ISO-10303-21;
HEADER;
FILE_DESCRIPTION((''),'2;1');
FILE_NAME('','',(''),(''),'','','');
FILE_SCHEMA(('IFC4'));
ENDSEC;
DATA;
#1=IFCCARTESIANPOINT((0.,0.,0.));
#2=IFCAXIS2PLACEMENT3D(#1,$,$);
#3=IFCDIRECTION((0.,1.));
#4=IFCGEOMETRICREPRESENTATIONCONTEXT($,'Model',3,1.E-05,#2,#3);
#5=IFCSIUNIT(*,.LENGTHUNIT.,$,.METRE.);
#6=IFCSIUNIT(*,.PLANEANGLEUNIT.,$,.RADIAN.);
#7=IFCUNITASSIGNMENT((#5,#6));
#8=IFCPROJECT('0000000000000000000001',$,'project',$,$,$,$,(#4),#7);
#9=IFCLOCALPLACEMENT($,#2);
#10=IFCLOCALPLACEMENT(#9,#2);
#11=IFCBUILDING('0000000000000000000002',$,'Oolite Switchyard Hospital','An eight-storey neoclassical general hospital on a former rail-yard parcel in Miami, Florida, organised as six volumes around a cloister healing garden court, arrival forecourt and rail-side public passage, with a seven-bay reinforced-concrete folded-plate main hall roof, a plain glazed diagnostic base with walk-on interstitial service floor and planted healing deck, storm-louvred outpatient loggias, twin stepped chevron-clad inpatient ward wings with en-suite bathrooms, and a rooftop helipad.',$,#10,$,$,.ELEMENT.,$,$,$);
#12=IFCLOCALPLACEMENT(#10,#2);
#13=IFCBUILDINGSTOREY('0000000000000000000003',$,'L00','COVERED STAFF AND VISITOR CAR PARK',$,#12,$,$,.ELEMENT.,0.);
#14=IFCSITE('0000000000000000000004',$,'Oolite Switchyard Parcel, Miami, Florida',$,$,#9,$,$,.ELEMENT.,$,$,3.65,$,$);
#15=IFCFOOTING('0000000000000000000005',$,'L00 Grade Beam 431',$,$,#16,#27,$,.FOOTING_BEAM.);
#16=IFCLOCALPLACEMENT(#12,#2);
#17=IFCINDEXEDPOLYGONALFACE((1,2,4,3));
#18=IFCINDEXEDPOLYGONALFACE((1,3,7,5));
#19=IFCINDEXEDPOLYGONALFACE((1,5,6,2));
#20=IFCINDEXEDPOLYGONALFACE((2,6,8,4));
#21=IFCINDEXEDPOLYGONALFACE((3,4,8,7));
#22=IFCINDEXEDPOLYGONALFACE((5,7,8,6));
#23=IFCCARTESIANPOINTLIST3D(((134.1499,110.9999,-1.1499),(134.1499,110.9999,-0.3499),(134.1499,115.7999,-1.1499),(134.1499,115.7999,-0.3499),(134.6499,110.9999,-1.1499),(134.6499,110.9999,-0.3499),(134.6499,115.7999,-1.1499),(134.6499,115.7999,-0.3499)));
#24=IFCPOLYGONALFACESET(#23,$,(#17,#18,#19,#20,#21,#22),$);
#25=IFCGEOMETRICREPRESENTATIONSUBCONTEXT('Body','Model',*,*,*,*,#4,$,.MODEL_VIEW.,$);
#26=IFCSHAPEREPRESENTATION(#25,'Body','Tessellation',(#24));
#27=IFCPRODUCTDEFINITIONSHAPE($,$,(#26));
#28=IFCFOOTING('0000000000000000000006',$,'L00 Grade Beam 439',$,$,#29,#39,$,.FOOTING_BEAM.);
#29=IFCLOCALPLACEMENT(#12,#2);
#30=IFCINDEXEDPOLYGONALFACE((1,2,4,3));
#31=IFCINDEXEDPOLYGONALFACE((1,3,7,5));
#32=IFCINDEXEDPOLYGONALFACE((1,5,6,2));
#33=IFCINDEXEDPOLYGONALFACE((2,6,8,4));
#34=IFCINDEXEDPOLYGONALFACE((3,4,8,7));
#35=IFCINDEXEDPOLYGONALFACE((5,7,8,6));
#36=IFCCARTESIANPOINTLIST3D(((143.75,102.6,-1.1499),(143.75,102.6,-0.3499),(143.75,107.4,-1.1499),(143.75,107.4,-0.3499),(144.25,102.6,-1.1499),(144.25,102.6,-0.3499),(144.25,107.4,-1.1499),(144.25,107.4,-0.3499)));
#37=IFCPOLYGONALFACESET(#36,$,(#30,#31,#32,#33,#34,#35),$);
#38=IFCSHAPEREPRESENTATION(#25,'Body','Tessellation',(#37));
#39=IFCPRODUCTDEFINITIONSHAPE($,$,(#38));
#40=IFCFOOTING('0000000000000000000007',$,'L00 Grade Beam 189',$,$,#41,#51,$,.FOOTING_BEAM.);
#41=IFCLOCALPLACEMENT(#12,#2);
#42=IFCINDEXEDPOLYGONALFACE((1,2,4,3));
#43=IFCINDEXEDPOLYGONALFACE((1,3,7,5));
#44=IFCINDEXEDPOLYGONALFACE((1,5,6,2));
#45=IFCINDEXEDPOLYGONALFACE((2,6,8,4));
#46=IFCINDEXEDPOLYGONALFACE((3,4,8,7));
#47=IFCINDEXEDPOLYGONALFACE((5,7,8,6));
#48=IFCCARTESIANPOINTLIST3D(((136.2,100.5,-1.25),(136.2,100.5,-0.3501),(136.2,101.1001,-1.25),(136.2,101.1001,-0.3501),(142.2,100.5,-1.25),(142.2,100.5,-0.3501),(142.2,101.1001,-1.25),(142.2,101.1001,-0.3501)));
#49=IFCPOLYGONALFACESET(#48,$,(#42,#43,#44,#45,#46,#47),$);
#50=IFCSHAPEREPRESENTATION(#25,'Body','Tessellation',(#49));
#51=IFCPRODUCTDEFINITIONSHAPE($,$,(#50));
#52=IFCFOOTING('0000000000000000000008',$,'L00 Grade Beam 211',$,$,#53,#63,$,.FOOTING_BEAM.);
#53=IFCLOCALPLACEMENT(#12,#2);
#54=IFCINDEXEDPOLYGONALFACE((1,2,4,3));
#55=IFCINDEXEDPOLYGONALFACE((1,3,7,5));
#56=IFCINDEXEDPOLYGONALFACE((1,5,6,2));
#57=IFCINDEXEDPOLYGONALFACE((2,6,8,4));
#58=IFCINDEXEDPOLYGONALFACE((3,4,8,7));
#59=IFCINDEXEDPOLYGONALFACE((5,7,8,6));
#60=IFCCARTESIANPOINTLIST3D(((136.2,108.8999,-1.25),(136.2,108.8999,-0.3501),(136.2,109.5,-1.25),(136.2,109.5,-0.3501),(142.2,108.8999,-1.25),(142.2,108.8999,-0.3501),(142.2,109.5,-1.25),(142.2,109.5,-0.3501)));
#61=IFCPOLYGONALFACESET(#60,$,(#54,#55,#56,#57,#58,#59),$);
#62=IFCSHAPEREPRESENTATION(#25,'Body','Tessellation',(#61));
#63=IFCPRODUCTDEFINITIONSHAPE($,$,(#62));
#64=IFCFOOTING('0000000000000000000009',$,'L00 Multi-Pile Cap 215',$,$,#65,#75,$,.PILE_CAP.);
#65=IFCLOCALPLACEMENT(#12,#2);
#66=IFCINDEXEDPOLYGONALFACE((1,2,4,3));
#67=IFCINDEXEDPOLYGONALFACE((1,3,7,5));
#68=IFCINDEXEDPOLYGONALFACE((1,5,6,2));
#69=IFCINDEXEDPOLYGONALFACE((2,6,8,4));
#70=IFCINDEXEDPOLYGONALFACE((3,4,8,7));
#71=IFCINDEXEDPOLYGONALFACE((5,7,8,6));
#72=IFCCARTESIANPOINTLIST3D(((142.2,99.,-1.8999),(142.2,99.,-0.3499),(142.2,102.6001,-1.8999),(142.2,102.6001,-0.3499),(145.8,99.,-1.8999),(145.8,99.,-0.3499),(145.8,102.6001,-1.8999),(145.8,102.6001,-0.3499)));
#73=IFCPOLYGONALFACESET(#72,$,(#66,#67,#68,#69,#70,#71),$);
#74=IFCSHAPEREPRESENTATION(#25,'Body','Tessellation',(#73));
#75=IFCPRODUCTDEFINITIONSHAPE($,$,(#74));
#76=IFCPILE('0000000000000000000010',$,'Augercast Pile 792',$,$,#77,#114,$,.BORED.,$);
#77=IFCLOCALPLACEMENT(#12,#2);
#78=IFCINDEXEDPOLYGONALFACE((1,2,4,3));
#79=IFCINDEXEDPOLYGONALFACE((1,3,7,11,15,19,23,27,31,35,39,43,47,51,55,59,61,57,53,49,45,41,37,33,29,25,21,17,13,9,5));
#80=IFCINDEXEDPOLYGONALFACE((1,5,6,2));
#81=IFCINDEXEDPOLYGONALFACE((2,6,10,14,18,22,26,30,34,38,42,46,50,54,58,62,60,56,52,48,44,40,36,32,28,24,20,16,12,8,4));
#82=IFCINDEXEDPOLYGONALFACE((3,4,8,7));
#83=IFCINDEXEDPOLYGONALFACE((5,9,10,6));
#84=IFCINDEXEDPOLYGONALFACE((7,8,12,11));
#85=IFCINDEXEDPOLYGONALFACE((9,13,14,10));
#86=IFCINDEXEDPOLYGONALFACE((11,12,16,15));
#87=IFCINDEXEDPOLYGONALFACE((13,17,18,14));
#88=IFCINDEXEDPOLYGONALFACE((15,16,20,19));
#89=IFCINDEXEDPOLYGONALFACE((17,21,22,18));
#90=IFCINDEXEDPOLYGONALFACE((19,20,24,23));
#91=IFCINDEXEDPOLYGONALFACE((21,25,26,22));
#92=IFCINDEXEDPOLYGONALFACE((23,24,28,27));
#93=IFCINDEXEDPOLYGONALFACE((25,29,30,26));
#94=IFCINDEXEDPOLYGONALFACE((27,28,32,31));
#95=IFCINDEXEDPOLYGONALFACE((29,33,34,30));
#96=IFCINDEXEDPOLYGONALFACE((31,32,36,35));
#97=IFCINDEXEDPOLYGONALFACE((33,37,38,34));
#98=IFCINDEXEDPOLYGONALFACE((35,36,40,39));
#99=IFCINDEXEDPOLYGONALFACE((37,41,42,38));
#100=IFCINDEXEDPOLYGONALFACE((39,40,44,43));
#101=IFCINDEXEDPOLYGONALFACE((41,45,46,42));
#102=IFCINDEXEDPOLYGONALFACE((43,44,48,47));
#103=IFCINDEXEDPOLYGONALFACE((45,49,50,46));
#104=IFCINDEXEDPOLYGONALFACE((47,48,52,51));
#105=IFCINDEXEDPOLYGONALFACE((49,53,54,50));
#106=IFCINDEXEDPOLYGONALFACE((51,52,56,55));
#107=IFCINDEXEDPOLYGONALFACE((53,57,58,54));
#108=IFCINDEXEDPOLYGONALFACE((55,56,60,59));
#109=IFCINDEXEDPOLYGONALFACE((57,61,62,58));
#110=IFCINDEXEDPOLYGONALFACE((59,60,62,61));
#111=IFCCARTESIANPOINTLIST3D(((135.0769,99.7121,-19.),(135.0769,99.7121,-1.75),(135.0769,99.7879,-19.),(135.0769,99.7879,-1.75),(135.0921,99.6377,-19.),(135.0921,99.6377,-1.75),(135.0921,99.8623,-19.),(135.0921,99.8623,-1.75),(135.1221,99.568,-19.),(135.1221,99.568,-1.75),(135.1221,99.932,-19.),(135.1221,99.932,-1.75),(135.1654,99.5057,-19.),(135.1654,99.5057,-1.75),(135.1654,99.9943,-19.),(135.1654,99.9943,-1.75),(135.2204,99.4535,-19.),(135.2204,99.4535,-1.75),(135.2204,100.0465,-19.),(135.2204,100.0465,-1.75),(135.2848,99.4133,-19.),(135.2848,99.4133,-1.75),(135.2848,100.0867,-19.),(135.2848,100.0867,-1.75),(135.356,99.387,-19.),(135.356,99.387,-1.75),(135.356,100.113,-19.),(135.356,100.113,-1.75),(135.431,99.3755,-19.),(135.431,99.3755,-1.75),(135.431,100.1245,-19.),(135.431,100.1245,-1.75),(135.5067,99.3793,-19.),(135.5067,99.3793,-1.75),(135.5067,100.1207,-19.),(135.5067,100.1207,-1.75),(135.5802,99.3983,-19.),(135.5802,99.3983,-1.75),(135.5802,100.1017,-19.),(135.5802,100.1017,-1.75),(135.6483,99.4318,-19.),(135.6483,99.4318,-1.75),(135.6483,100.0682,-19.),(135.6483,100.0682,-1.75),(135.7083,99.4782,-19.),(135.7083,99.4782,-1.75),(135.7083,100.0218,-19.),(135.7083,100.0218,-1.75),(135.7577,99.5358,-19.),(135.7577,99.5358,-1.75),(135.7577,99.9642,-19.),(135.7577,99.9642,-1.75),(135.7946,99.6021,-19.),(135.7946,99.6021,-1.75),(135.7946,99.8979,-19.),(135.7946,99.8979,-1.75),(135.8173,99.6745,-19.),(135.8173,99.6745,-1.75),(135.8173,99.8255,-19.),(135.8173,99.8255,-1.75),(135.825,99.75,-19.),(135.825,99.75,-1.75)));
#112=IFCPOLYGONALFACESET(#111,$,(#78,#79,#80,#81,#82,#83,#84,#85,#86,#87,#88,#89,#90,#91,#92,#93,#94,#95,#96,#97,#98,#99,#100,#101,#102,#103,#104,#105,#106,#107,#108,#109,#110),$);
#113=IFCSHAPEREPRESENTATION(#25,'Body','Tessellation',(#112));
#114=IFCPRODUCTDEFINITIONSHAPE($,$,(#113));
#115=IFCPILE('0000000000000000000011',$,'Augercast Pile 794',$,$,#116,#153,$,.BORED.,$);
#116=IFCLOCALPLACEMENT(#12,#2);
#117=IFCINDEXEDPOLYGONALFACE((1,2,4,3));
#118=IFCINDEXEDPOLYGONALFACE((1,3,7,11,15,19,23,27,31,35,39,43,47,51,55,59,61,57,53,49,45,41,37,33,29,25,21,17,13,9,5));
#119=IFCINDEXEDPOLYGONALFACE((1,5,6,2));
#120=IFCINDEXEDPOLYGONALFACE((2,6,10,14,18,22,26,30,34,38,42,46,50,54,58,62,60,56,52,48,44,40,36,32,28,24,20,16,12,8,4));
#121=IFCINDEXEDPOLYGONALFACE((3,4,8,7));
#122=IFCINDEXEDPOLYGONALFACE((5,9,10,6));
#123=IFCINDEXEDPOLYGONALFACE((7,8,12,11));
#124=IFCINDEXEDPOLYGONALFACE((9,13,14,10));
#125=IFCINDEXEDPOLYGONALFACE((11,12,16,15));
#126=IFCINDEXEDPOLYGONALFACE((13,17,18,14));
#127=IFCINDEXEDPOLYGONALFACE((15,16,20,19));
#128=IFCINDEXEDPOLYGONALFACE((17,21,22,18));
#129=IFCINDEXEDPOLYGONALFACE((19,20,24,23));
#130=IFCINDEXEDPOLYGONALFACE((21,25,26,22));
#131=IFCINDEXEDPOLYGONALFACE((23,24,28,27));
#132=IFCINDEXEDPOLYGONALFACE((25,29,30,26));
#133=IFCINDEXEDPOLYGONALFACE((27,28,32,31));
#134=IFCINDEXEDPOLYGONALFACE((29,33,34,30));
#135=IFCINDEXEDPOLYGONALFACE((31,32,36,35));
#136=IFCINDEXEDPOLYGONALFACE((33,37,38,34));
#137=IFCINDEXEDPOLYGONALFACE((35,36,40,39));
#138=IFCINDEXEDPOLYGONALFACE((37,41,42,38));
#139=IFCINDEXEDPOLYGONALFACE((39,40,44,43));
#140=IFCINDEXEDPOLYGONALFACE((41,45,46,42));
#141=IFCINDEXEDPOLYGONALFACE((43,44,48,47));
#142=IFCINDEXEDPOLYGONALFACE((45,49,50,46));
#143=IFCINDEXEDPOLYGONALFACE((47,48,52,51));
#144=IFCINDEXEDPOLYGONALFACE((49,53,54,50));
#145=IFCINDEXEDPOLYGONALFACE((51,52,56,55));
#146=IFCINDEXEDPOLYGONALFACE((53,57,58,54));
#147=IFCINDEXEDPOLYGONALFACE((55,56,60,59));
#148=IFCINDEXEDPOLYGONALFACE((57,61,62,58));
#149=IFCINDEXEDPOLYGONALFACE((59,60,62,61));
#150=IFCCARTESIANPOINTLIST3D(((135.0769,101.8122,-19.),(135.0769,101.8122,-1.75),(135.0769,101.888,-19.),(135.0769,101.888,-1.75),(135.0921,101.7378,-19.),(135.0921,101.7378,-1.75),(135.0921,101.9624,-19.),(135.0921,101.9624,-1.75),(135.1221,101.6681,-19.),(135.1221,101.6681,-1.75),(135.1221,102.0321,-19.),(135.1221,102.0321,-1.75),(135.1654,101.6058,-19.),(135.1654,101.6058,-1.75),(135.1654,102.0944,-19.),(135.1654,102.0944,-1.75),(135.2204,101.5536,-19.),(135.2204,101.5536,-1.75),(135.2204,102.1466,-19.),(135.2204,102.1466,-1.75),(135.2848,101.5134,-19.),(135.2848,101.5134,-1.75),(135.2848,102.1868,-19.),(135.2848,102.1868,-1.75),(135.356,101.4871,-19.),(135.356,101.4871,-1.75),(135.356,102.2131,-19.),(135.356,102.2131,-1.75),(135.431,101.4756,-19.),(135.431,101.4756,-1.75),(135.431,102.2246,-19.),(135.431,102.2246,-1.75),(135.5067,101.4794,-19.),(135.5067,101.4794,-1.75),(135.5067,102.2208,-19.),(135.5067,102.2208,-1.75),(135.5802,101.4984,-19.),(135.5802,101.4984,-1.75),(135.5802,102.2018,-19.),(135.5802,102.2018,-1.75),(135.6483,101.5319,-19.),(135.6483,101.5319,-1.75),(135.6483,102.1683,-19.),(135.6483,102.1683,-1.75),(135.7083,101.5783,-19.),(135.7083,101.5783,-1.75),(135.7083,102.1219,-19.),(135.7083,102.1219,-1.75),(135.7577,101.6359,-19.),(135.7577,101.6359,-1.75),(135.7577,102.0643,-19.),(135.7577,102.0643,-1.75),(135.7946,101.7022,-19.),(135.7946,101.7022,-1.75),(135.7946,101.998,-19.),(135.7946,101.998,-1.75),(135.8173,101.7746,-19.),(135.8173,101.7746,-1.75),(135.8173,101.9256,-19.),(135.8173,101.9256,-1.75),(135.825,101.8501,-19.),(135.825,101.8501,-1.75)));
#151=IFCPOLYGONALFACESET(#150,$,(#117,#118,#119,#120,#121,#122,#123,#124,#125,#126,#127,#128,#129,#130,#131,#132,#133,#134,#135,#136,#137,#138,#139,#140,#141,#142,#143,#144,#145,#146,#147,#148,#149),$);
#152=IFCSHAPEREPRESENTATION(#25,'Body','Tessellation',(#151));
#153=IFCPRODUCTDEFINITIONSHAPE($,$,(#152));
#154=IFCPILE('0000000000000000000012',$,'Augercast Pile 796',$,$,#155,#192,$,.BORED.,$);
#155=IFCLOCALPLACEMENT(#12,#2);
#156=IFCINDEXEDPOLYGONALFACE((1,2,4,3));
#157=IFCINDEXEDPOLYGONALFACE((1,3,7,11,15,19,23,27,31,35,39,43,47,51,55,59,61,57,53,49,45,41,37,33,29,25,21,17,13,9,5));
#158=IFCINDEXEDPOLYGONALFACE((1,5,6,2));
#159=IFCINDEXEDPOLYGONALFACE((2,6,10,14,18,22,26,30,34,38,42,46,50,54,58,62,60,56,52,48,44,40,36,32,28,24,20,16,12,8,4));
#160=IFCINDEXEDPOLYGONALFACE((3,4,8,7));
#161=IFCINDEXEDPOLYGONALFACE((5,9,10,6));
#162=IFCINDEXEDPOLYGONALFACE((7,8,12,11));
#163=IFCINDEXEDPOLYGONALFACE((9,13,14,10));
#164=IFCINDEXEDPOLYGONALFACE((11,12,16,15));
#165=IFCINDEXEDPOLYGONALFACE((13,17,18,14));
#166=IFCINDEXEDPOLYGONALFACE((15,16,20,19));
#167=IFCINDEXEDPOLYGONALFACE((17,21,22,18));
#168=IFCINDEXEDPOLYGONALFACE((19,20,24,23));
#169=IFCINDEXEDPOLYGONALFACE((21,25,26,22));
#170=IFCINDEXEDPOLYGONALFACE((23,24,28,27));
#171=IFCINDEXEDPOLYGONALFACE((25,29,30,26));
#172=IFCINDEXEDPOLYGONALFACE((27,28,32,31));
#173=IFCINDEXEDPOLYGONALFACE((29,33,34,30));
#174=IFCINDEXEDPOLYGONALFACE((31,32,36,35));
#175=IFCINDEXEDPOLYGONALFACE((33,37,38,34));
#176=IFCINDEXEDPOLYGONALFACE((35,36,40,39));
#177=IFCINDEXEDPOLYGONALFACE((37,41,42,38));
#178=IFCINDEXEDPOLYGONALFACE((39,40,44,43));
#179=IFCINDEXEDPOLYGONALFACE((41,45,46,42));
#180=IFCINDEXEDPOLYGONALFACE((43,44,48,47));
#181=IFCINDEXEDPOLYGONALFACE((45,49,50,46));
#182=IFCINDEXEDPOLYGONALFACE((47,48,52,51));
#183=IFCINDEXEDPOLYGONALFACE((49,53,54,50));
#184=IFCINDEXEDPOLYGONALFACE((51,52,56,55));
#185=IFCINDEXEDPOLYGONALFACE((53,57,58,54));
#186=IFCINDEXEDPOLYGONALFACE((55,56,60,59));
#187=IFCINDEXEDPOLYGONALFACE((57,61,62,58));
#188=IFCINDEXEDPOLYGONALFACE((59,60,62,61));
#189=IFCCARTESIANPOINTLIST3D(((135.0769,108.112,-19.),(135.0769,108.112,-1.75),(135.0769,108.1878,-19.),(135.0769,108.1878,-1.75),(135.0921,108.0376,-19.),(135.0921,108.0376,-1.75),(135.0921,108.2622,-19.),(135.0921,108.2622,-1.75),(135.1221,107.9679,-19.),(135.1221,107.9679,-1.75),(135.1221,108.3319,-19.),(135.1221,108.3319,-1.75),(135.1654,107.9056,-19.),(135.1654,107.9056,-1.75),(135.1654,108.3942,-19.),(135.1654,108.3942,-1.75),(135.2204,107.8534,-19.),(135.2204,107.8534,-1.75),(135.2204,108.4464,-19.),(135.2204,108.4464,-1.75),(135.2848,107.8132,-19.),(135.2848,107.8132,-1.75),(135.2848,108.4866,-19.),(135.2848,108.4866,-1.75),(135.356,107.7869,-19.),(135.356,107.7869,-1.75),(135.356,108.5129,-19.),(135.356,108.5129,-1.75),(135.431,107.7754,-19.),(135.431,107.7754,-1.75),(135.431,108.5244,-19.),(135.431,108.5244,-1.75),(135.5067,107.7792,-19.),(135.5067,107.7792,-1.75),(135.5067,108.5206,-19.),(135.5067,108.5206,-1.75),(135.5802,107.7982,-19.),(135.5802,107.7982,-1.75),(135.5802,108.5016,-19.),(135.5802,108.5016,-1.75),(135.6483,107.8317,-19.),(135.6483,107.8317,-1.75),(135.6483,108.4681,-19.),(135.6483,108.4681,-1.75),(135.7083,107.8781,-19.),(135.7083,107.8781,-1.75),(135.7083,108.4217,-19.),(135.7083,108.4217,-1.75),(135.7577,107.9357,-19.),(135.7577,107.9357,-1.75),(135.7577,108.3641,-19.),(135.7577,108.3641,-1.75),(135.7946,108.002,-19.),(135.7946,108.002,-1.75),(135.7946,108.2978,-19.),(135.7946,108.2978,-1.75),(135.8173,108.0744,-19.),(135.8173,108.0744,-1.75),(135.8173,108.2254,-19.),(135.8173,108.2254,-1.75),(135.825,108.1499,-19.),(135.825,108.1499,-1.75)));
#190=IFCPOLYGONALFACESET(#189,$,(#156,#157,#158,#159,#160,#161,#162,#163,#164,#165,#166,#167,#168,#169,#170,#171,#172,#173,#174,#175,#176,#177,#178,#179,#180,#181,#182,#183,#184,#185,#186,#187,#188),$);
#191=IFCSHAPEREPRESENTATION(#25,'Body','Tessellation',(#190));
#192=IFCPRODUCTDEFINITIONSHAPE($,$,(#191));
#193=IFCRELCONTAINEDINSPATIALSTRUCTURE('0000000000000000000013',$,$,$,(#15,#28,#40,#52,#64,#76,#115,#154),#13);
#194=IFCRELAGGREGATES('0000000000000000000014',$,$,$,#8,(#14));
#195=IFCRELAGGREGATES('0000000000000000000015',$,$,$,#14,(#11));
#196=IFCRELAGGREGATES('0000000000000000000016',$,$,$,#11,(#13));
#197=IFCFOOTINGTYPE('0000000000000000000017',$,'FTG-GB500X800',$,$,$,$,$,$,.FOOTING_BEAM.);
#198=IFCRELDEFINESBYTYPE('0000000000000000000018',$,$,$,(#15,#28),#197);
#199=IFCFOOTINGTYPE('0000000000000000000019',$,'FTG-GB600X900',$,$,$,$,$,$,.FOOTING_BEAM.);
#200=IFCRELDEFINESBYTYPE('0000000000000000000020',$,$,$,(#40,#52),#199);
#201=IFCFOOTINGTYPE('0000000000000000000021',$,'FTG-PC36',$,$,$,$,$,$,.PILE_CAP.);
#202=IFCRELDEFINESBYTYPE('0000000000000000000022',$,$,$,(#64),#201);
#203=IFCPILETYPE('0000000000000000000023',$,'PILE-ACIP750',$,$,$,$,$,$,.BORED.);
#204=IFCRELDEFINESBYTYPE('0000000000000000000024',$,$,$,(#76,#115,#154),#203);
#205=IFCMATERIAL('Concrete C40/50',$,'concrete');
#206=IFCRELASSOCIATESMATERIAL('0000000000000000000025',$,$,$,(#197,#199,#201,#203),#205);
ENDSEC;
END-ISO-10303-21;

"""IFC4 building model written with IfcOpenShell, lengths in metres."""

from ifc_helpers import new_model, si_unit, direction, frame, origin, origin_2d, place, context, subcontext, project, spatial, rectangle, circle, extrude, material, material_profile, profile_set, type_object, element, save


model = new_model("IFC4")

# Units and contexts
model_context = context("Model", 3, precision=1e-05, world=origin(), true_north=direction((0.0, 1.0)))
body_context = subcontext(model_context, "Body", "Model", "MODEL_VIEW")
ifc_project = project(units=[si_unit("LENGTHUNIT", "METRE"), si_unit("PLANEANGLEUNIT", "RADIAN")], contexts=[model_context])

# Site, building, storey
site_placement = place(None, origin())
site = spatial("IfcSite", under=ifc_project, at=site_placement, Name="Oolite Switchyard Parcel, Miami, Florida", CompositionType="ELEMENT", RefElevation=3.65)
building_placement = place(site_placement, origin())
building = spatial("IfcBuilding", under=site, at=building_placement, Name="Oolite Switchyard Hospital", Description="An eight-storey neoclassical general hospital on a former rail-yard parcel in Miami, Florida, organised as six volumes around a cloister healing garden court, arrival forecourt and rail-side public passage, with a seven-bay reinforced-concrete folded-plate main hall roof, a plain glazed diagnostic base with walk-on interstitial service floor and planted healing deck, storm-louvred outpatient loggias, twin stepped chevron-clad inpatient ward wings with en-suite bathrooms, and a rooftop helipad.", CompositionType="ELEMENT")
storey_placement = place(building_placement, origin())
storey = spatial("IfcBuildingStorey", under=building, at=storey_placement, Name="L00", Description="COVERED STAFF AND VISITOR CAR PARK", CompositionType="ELEMENT", Elevation=0.0)

# Footings
ifc_material_1 = material(Name="Concrete C40/50", Category="concrete")
footing_type_1 = type_object("IfcFootingType", Name="FTG-GB500X800", PredefinedType="FOOTING_BEAM", material=ifc_material_1)
for number, where, z_axis, x_axis, name in (
    (1, (134.3999, 113.3999, -1.1499), (0.0, 0.0, 1.0), (0.0, 1.0, 0.0), "L00 Grade Beam 431"),
    (2, (144.0, 105.0, -1.1499), (0.0, 0.0, 1.0), (0.0, 1.0, 0.0), "L00 Grade Beam 439"),
):
    element("IfcFooting", number, at=place(storey_placement, frame(where, z_axis=z_axis, x_axis=x_axis)), inside=storey, type_object=footing_type_1, Name=name, PredefinedType="FOOTING_BEAM", context=body_context, shape_type="SweptSolid", body=[
        extrude(rectangle(XDim=4.8, YDim=0.5, at=origin_2d()), origin(), (0.0, 0.0, 1.0), 0.8),
    ])
footing_type_2 = type_object("IfcFootingType", Name="FTG-GB600X900", PredefinedType="FOOTING_BEAM", material=ifc_material_1)
for number, where, z_axis, x_axis, name in (
    (3, (139.2, 100.8, -1.25), (0.0, 0.0, 1.0), (1.0, 0.0, 0.0), "L00 Grade Beam 189"),
    (4, (139.2, 109.2, -1.25), (0.0, 0.0, 1.0), (1.0, 0.0, 0.0), "L00 Grade Beam 211"),
):
    element("IfcFooting", number, at=place(storey_placement, frame(where, z_axis=z_axis, x_axis=x_axis)), inside=storey, type_object=footing_type_2, Name=name, PredefinedType="FOOTING_BEAM", context=body_context, shape_type="SweptSolid", body=[
        extrude(rectangle(XDim=6.0, YDim=0.6001, at=origin_2d()), origin(), (0.0, 0.0, 1.0), 0.8999),
    ])
footing_type_3 = type_object("IfcFootingType", Name="FTG-PC36", PredefinedType="PILE_CAP", material=ifc_material_1)
footing_placement = place(storey_placement, frame((144.0, 100.8, -1.8999), z_axis=(0.0, 0.0, 1.0), x_axis=(1.0, 0.0, 0.0)))
element("IfcFooting", 5, at=footing_placement, inside=storey, type_object=footing_type_3, Name="L00 Multi-Pile Cap 215", PredefinedType="PILE_CAP", context=body_context, shape_type="SweptSolid", body=[
    extrude(rectangle(XDim=3.6001, YDim=3.6001, at=origin_2d()), origin(), (0.0, 0.0, 1.0), 1.55),
])

# Piles
ifc_material_profile_1 = material_profile(ifc_material_1, circle(Radius=0.375, at=origin_2d()), Name="PILE750")
ifc_profile_set_1 = profile_set([ifc_material_profile_1], Name="Concrete C40/50")
pile_type = type_object("IfcPileType", Name="PILE-ACIP750", PredefinedType="BORED", material=ifc_profile_set_1)
for number, where, z_axis, x_axis, name in (
    (6, (135.45, 99.75, -1.75), (0.0, 0.0, -1.0), (1.0, 0.0, 0.0), "Augercast Pile 792"),
    (7, (135.45, 101.8501, -1.75), (0.0, 0.0, -1.0), (1.0, 0.0, 0.0), "Augercast Pile 794"),
    (8, (135.45, 108.1499, -1.75), (0.0, 0.0, -1.0), (1.0, 0.0, 0.0), "Augercast Pile 796"),
):
    element("IfcPile", number, at=place(storey_placement, frame(where, z_axis=z_axis, x_axis=x_axis)), inside=storey, type_object=pile_type, Name=name, PredefinedType="BORED", context=body_context, shape_type="SweptSolid", body=[
        extrude(circle(Radius=0.375, at=origin_2d()), origin(), (0.0, 0.0, 1.0), 17.25),
    ])

save(model, "model.ifc")
